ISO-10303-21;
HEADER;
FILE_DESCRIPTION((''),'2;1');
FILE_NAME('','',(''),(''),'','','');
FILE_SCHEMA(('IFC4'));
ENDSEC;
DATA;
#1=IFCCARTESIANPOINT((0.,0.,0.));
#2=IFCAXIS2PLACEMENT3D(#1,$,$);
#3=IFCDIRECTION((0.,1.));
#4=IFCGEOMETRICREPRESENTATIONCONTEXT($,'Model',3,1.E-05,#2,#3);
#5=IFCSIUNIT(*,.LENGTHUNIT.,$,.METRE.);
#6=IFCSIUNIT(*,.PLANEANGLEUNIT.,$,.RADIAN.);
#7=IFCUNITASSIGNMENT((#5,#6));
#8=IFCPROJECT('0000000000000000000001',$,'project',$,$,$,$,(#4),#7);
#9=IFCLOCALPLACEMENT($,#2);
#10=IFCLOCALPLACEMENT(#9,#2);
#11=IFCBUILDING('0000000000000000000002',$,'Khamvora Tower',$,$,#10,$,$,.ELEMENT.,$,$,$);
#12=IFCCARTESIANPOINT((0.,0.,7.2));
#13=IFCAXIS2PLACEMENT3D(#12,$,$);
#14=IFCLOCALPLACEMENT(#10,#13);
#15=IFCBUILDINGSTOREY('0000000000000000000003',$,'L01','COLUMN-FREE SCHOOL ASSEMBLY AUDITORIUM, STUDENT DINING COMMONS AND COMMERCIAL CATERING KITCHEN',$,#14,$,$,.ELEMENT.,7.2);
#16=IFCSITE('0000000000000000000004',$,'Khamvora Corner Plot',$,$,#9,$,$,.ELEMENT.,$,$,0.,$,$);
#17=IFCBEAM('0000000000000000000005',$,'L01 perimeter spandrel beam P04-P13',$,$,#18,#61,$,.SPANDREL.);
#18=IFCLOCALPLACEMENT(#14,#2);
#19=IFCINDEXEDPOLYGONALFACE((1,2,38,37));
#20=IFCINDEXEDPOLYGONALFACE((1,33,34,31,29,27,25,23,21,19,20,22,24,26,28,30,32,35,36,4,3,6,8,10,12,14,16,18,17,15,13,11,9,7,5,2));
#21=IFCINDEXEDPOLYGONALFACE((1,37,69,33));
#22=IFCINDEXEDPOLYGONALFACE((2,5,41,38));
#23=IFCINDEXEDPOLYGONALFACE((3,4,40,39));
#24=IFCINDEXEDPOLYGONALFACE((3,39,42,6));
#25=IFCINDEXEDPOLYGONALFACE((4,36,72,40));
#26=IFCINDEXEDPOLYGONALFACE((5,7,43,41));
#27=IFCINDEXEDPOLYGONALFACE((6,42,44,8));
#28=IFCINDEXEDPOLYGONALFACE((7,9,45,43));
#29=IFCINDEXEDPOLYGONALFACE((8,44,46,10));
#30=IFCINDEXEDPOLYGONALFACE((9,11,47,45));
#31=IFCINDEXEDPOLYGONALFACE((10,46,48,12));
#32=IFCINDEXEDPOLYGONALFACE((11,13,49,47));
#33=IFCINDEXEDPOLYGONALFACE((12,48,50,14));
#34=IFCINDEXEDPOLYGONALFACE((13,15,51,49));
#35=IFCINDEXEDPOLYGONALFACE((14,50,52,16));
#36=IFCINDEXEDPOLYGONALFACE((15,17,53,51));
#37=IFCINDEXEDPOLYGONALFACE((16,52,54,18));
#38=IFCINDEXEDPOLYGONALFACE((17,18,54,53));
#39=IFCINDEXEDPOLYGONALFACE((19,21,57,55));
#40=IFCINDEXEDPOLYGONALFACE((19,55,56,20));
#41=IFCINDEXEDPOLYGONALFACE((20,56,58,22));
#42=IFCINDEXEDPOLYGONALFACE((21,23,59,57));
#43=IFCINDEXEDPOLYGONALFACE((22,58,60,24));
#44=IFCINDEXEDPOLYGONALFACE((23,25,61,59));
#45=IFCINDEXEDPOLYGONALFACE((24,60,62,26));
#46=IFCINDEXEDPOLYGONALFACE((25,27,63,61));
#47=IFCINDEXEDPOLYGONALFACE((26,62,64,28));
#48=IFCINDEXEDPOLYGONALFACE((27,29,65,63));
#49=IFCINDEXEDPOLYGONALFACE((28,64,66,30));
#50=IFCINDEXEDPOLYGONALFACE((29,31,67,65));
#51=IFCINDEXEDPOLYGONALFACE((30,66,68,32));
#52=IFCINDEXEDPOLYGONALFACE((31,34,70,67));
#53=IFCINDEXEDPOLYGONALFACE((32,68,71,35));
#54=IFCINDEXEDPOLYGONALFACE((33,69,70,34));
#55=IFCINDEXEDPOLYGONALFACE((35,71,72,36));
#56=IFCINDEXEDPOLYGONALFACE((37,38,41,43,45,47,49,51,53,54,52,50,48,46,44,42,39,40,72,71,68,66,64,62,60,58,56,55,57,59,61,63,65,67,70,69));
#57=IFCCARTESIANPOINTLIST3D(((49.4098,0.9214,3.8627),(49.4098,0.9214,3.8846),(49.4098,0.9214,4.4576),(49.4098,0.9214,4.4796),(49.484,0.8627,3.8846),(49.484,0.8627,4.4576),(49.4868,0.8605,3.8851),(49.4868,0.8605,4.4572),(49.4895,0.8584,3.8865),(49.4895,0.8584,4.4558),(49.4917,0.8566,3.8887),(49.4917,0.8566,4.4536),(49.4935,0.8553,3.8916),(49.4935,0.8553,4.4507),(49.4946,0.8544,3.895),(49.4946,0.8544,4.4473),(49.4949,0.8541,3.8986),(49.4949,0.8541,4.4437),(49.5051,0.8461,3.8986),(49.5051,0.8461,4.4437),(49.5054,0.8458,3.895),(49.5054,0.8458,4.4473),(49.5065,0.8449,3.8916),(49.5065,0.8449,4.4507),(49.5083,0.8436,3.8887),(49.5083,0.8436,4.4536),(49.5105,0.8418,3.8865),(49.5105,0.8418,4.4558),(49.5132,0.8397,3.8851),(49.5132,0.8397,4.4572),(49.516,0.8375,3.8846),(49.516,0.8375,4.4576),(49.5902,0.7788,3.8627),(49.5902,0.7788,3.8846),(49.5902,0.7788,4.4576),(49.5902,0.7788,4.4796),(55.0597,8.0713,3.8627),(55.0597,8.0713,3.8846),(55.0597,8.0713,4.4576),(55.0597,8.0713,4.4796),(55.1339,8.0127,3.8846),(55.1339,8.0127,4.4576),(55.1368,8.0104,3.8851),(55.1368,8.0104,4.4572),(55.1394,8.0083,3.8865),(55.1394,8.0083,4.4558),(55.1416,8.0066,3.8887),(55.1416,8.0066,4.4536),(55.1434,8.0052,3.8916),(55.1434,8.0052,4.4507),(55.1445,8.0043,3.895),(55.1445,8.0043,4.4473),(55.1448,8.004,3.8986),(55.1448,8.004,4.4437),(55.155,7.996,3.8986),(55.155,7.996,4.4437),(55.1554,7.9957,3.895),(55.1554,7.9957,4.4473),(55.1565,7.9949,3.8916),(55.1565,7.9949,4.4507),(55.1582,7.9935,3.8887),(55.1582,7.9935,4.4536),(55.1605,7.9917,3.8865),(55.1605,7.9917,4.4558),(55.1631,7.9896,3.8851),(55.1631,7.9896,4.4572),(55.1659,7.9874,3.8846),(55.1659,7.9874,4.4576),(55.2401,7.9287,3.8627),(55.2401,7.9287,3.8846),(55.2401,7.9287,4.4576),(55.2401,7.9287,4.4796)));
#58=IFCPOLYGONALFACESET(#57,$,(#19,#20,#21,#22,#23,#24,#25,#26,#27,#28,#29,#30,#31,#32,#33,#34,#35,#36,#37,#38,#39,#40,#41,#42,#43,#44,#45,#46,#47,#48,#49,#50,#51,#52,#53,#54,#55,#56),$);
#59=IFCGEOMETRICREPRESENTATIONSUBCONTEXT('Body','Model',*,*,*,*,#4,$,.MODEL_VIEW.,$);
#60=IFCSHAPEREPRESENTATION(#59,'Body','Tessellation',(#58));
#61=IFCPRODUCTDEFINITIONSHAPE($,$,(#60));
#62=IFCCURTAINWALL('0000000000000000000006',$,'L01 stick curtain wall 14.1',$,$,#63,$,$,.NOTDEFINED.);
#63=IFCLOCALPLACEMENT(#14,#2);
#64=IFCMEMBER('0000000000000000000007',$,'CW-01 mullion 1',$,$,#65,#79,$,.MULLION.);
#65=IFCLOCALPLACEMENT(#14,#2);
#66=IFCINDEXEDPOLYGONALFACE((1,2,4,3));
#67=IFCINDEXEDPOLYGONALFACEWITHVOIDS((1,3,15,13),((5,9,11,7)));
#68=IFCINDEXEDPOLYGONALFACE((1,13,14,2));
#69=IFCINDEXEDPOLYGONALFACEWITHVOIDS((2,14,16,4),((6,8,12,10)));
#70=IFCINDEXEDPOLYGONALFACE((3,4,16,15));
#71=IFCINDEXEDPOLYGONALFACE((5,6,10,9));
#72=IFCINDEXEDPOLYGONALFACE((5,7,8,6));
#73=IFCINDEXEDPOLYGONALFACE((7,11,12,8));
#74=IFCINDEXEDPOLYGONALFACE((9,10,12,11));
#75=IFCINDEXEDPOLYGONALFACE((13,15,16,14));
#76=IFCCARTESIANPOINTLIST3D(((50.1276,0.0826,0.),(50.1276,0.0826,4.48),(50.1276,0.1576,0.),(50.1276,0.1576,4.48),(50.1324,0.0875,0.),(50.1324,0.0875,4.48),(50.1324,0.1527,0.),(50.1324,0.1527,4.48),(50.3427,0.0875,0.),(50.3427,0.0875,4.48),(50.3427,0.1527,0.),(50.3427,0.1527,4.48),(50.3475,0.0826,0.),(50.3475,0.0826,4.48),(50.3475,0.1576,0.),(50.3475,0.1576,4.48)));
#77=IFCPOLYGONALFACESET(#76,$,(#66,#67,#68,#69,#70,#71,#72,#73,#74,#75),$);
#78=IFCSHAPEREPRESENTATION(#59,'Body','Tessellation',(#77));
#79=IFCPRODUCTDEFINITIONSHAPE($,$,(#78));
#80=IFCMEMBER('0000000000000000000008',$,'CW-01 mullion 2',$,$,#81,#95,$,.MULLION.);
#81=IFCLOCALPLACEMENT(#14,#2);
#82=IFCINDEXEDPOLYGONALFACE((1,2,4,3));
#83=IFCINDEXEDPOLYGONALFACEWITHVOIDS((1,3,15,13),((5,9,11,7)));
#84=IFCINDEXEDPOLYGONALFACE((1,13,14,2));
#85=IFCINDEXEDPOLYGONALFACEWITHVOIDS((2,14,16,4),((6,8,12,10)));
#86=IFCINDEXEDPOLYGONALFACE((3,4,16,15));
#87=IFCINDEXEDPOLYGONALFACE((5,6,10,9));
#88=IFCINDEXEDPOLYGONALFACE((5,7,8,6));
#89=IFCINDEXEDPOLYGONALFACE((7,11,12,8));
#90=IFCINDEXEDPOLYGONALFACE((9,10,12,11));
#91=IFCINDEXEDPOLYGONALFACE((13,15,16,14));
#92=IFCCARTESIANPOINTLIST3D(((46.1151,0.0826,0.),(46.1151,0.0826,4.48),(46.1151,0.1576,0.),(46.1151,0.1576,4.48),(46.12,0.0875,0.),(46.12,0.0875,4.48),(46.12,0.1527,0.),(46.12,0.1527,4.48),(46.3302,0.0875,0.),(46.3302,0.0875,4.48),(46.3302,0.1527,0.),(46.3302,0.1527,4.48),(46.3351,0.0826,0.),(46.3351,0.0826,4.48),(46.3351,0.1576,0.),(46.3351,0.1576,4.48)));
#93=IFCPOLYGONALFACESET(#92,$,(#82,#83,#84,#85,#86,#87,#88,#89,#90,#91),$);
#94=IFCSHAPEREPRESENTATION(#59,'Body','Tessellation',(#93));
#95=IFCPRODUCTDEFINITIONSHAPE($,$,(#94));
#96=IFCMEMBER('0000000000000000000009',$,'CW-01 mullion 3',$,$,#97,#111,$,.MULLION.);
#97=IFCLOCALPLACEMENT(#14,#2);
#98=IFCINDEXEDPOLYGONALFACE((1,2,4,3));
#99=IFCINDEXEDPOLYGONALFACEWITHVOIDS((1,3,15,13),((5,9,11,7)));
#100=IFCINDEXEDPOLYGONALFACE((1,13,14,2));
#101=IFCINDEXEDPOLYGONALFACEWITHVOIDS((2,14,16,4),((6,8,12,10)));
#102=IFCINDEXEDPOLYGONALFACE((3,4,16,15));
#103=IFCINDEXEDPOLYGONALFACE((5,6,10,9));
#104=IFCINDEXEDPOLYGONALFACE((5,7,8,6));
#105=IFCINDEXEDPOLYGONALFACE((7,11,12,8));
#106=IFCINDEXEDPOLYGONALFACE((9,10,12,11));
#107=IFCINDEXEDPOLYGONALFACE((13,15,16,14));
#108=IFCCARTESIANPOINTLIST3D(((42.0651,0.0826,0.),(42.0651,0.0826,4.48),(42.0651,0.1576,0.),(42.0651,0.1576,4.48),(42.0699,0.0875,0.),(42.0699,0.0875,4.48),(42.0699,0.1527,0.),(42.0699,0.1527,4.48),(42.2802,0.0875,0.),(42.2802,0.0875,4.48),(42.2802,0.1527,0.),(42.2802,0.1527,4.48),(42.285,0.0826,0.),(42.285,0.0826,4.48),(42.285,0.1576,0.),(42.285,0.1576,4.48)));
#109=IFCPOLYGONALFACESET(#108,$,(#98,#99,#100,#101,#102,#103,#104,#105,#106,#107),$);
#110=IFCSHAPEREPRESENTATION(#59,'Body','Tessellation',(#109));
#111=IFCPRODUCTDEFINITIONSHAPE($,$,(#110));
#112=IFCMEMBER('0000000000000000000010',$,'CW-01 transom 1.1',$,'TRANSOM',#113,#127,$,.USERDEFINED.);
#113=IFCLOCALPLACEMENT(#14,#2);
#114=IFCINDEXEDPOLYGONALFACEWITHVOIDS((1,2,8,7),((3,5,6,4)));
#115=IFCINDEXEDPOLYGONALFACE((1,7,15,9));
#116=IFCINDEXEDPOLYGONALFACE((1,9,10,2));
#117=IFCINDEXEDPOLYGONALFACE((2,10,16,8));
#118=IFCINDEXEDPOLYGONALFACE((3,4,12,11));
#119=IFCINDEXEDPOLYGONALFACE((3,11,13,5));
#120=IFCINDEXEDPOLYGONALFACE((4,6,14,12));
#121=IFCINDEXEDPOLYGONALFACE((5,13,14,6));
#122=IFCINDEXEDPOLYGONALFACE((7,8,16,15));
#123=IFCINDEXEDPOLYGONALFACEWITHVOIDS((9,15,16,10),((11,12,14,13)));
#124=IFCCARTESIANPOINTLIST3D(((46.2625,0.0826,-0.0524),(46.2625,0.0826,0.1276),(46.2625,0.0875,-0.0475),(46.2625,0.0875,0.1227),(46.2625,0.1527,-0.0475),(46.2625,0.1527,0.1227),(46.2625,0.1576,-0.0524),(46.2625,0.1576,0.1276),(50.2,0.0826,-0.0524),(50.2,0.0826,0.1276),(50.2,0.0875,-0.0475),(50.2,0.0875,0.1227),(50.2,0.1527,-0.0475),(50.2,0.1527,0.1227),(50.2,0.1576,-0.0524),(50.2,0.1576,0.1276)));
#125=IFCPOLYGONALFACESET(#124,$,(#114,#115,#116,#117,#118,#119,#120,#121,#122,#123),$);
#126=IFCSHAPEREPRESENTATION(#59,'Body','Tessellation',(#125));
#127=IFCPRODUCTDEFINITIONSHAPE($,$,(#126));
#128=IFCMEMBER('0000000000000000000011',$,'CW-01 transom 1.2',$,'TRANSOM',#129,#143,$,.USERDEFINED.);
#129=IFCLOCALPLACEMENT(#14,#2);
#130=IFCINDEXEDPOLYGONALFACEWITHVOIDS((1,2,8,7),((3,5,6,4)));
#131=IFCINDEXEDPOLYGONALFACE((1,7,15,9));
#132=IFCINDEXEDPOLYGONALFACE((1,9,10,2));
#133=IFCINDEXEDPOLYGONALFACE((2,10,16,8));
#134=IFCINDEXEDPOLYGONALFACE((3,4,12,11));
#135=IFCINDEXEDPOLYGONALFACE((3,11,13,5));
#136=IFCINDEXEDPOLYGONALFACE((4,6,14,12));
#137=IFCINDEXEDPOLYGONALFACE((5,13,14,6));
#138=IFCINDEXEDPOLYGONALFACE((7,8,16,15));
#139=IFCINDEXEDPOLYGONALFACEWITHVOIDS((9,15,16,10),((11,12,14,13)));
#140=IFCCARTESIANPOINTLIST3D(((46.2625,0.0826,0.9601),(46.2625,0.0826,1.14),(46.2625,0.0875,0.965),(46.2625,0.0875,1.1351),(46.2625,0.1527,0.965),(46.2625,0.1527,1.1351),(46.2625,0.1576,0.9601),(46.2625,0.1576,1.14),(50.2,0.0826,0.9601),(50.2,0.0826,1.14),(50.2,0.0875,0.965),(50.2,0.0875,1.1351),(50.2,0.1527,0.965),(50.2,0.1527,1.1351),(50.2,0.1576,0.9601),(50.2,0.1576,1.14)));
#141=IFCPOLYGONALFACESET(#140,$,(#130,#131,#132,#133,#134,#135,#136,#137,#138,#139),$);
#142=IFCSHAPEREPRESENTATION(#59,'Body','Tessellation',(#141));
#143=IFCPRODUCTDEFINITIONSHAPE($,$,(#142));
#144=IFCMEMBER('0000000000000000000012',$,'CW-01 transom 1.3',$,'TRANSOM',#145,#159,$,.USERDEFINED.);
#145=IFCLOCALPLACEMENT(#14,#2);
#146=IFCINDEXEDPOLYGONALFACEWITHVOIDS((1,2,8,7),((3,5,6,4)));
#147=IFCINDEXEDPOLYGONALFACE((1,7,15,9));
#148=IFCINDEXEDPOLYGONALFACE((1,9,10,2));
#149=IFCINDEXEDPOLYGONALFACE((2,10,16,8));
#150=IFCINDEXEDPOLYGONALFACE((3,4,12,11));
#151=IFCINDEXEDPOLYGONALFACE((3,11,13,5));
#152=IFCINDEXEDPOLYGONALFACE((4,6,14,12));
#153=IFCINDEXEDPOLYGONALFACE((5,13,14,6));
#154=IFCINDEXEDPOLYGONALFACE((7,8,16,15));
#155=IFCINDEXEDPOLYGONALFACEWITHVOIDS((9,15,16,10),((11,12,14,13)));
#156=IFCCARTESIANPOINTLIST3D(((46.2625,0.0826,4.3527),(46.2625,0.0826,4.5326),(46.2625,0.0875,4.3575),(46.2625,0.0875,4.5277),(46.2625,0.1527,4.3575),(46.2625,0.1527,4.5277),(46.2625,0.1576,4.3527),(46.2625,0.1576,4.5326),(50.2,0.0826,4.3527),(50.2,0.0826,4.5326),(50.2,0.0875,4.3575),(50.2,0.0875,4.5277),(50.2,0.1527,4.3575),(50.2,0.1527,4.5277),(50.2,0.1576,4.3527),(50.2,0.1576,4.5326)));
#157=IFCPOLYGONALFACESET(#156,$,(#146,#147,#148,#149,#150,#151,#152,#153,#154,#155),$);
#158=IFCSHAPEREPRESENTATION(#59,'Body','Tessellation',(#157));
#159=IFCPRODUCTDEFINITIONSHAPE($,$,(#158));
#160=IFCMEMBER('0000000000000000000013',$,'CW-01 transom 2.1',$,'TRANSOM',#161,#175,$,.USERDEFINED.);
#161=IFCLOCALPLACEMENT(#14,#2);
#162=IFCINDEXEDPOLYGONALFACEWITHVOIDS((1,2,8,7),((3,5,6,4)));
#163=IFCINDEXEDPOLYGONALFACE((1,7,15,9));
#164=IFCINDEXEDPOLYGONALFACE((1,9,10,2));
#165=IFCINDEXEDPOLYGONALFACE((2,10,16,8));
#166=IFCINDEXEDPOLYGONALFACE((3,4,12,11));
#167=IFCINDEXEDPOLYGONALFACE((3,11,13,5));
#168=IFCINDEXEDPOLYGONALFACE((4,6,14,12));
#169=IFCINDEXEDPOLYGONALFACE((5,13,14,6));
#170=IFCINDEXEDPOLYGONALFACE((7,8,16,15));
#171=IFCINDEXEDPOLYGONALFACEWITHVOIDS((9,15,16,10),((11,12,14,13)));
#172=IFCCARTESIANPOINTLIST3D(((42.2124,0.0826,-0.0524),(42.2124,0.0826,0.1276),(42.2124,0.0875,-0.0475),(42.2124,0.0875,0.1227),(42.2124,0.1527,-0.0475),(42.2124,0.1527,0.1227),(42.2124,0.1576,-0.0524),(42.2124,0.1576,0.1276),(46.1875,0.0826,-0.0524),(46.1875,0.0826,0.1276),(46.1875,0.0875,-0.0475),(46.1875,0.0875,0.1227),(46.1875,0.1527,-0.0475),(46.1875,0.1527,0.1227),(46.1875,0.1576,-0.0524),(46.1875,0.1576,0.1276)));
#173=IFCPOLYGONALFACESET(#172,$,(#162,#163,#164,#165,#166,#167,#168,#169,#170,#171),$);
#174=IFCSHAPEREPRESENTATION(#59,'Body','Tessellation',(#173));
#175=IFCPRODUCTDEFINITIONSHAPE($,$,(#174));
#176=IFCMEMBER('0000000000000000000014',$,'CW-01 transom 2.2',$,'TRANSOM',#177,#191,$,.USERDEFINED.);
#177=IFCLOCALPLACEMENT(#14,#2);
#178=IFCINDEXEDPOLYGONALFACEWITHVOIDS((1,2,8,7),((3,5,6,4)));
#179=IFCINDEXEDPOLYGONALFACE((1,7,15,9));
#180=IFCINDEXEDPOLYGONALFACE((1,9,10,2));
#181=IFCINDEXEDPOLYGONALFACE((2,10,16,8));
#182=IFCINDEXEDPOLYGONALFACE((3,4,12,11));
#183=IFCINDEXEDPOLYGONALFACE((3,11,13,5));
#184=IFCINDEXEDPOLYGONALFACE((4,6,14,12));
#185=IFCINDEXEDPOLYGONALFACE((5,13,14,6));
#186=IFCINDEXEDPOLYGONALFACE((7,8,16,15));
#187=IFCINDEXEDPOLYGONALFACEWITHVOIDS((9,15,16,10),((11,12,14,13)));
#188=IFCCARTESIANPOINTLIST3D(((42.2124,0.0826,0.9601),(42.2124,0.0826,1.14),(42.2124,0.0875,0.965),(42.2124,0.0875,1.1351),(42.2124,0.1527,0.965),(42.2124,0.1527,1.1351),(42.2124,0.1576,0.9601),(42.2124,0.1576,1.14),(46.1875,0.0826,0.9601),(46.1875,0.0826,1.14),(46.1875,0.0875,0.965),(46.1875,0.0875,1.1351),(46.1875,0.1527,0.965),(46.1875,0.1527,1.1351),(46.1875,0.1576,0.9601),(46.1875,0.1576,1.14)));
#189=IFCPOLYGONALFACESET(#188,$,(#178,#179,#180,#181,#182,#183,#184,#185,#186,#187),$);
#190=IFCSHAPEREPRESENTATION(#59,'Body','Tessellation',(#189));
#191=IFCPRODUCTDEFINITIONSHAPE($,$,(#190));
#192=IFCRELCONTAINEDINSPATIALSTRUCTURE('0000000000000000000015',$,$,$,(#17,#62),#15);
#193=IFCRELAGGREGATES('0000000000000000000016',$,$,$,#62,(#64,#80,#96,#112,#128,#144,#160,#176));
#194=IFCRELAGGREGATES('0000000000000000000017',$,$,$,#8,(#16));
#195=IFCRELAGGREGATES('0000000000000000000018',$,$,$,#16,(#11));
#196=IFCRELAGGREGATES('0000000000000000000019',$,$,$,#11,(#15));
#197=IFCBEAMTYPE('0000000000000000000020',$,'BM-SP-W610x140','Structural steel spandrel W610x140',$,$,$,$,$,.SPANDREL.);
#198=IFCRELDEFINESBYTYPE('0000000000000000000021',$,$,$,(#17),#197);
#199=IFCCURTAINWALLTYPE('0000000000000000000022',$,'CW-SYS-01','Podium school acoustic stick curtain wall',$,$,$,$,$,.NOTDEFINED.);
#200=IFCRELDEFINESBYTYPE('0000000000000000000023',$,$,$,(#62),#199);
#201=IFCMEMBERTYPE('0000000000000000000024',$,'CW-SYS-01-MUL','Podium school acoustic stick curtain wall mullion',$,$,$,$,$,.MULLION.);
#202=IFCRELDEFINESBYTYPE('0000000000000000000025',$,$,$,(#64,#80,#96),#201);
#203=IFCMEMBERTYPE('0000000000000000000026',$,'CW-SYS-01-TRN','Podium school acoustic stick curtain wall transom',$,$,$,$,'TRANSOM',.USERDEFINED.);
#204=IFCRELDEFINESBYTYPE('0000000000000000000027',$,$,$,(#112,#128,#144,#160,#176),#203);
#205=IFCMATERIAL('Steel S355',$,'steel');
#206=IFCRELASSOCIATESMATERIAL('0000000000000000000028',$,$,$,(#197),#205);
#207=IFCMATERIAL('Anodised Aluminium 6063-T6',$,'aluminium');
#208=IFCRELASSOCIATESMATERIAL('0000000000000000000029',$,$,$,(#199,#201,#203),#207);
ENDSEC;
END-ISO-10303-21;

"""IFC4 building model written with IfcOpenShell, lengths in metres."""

from ifc_helpers import new_model, si_unit, direction, frame, origin, origin_2d, place, context, subcontext, project, spatial, hollow_rectangle, i_section, extrude, material, material_profile, profile_set, type_object, element, aggregate, save


model = new_model("IFC4")

# Units and contexts
model_context = context("Model", 3, precision=1e-05, world=origin(), true_north=direction((0.0, 1.0)))
body_context = subcontext(model_context, "Body", "Model", "MODEL_VIEW")
ifc_project = project(units=[si_unit("LENGTHUNIT", "METRE"), si_unit("PLANEANGLEUNIT", "RADIAN")], contexts=[model_context])

# Site, building, storey
site_placement = place(None, origin())
site = spatial("IfcSite", under=ifc_project, at=site_placement, Name="Khamvora Corner Plot", CompositionType="ELEMENT", RefElevation=0.0)
building_placement = place(site_placement, origin())
building = spatial("IfcBuilding", under=site, at=building_placement, Name="Khamvora Tower", CompositionType="ELEMENT")
storey_placement = place(building_placement, frame((0.0, 0.0, 7.2)))
storey = spatial("IfcBuildingStorey", under=building, at=storey_placement, Name="L01", Description="COLUMN-FREE SCHOOL ASSEMBLY AUDITORIUM, STUDENT DINING COMMONS AND COMMERCIAL CATERING KITCHEN", CompositionType="ELEMENT", Elevation=7.2)

# Beam
ifc_material_1 = material(Name="Steel S355", Category="steel")
ifc_material_profile_1 = material_profile(ifc_material_1, i_section(OverallWidth=0.23, OverallDepth=0.6169, WebThickness=0.0129, FlangeThickness=0.022, FilletRadius=0.0139, at=origin_2d()), Name="W610x140")
ifc_profile_set_1 = profile_set([ifc_material_profile_1], Name="Steel S355")
beam_type_1 = type_object("IfcBeamType", Name="BM-SP-W610x140", Description="Structural steel spandrel W610x140", PredefinedType="SPANDREL", material=ifc_profile_set_1)
beam_1_placement = place(storey_placement, frame((49.5, 0.8501, 4.1711), z_axis=(0.619999, 0.784603, 0.0), x_axis=(-0.784603, 0.619999, 0.0)))
element("IfcBeam", 1, at=beam_1_placement, inside=storey, type_object=beam_type_1, Name="L01 perimeter spandrel beam P04-P13", PredefinedType="SPANDREL", context=body_context, shape_type="SweptSolid", body=[
    extrude(i_section(OverallWidth=0.23, OverallDepth=0.6169, WebThickness=0.0129, FlangeThickness=0.022, FilletRadius=0.0139, at=origin_2d()), origin(), (0.0, 0.0, 1.0), 9.1128),
])

# Curtain wall, members
ifc_material_2 = material(Name="Anodised Aluminium 6063-T6", Category="aluminium")
curtain_wall_type = type_object("IfcCurtainWallType", Name="CW-SYS-01", Description="Podium school acoustic stick curtain wall", PredefinedType="NOTDEFINED", material=ifc_material_2)
curtain_wall_placement = place(storey_placement, origin())
curtain_wall = element("IfcCurtainWall", 2, at=curtain_wall_placement, inside=storey, type_object=curtain_wall_type, Name="L01 stick curtain wall 14.1", PredefinedType="NOTDEFINED")
ifc_material_profile_2 = material_profile(ifc_material_2, hollow_rectangle(XDim=0.075, YDim=0.22, WallThickness=0.0049, at=origin_2d()), Name="MUL75x220x5")
ifc_profile_set_2 = profile_set([ifc_material_profile_2], Name="Anodised Aluminium 6063-T6")
member_type_1 = type_object("IfcMemberType", Name="CW-SYS-01-MUL", Description="Podium school acoustic stick curtain wall mullion", PredefinedType="MULLION", material=ifc_profile_set_2)
member_1_placement = place(storey_placement, frame((50.2375, 0.1201, 0.0), z_axis=(0.0, 0.0, 1.0), x_axis=(0.0, -1.0, 0.0)))
member_1 = element("IfcMember", 3, at=member_1_placement, type_object=member_type_1, Name="CW-01 mullion 1", PredefinedType="MULLION", context=body_context, shape_type="SweptSolid", body=[
    extrude(hollow_rectangle(XDim=0.075, YDim=0.22, WallThickness=0.0049, at=origin_2d()), origin(), (0.0, 0.0, 1.0), 4.48),
])
member_2_placement = place(storey_placement, frame((46.2251, 0.1201, 0.0), z_axis=(0.0, 0.0, 1.0), x_axis=(0.0, -1.0, 0.0)))
member_2 = element("IfcMember", 4, at=member_2_placement, type_object=member_type_1, Name="CW-01 mullion 2", PredefinedType="MULLION", context=body_context, shape_type="SweptSolid", body=[
    extrude(hollow_rectangle(XDim=0.075, YDim=0.22, WallThickness=0.0049, at=origin_2d()), origin(), (0.0, 0.0, 1.0), 4.48),
])
member_3_placement = place(storey_placement, frame((42.175, 0.1201, 0.0), z_axis=(0.0, 0.0, 1.0), x_axis=(0.0, -1.0, 0.0)))
member_3 = element("IfcMember", 5, at=member_3_placement, type_object=member_type_1, Name="CW-01 mullion 3", PredefinedType="MULLION", context=body_context, shape_type="SweptSolid", body=[
    extrude(hollow_rectangle(XDim=0.075, YDim=0.22, WallThickness=0.0049, at=origin_2d()), origin(), (0.0, 0.0, 1.0), 4.48),
])
ifc_material_profile_3 = material_profile(ifc_material_2, hollow_rectangle(XDim=0.075, YDim=0.1799, WallThickness=0.0049, at=origin_2d()), Name="TRN75x180x5")
ifc_profile_set_3 = profile_set([ifc_material_profile_3], Name="Anodised Aluminium 6063-T6")
member_type_2 = type_object("IfcMemberType", Name="CW-SYS-01-TRN", Description="Podium school acoustic stick curtain wall transom", ElementType="TRANSOM", PredefinedType="USERDEFINED", material=ifc_profile_set_3)
member_4_placement = place(storey_placement, frame((50.2, 0.1201, 0.0376), z_axis=(-1.0, 0.0, 0.0), x_axis=(0.0, -1.0, 0.0)))
member_4 = element("IfcMember", 6, at=member_4_placement, type_object=member_type_2, Name="CW-01 transom 1.1", ObjectType="TRANSOM", PredefinedType="USERDEFINED", context=body_context, shape_type="SweptSolid", body=[
    extrude(hollow_rectangle(XDim=0.075, YDim=0.1799, WallThickness=0.0049, at=origin_2d()), origin(), (0.0, 0.0, 1.0), 3.9375),
])
member_5_placement = place(storey_placement, frame((50.2, 0.1201, 1.05), z_axis=(-1.0, 0.0, 0.0), x_axis=(0.0, -1.0, 0.0)))
member_5 = element("IfcMember", 7, at=member_5_placement, type_object=member_type_2, Name="CW-01 transom 1.2", ObjectType="TRANSOM", PredefinedType="USERDEFINED", context=body_context, shape_type="SweptSolid", body=[
    extrude(hollow_rectangle(XDim=0.075, YDim=0.1799, WallThickness=0.0049, at=origin_2d()), origin(), (0.0, 0.0, 1.0), 3.9375),
])
member_6_placement = place(storey_placement, frame((50.2, 0.1201, 4.4426), z_axis=(-1.0, 0.0, 0.0), x_axis=(0.0, -1.0, 0.0)))
member_6 = element("IfcMember", 8, at=member_6_placement, type_object=member_type_2, Name="CW-01 transom 1.3", ObjectType="TRANSOM", PredefinedType="USERDEFINED", context=body_context, shape_type="SweptSolid", body=[
    extrude(hollow_rectangle(XDim=0.075, YDim=0.1799, WallThickness=0.0049, at=origin_2d()), origin(), (0.0, 0.0, 1.0), 3.9375),
])
member_7_placement = place(storey_placement, frame((46.1875, 0.1201, 0.0376), z_axis=(-1.0, 0.0, 0.0), x_axis=(0.0, -1.0, 0.0)))
member_7 = element("IfcMember", 9, at=member_7_placement, type_object=member_type_2, Name="CW-01 transom 2.1", ObjectType="TRANSOM", PredefinedType="USERDEFINED", context=body_context, shape_type="SweptSolid", body=[
    extrude(hollow_rectangle(XDim=0.075, YDim=0.1799, WallThickness=0.0049, at=origin_2d()), origin(), (0.0, 0.0, 1.0), 3.9751),
])
member_8_placement = place(storey_placement, frame((46.1875, 0.1201, 1.05), z_axis=(-1.0, 0.0, 0.0), x_axis=(0.0, -1.0, 0.0)))
member_8 = element("IfcMember", 10, at=member_8_placement, type_object=member_type_2, Name="CW-01 transom 2.2", ObjectType="TRANSOM", PredefinedType="USERDEFINED", context=body_context, shape_type="SweptSolid", body=[
    extrude(hollow_rectangle(XDim=0.075, YDim=0.1799, WallThickness=0.0049, at=origin_2d()), origin(), (0.0, 0.0, 1.0), 3.9751),
])

aggregate(curtain_wall, [member_1, member_2, member_3, member_4, member_5, member_6, member_7, member_8])

save(model, "model.ifc")
